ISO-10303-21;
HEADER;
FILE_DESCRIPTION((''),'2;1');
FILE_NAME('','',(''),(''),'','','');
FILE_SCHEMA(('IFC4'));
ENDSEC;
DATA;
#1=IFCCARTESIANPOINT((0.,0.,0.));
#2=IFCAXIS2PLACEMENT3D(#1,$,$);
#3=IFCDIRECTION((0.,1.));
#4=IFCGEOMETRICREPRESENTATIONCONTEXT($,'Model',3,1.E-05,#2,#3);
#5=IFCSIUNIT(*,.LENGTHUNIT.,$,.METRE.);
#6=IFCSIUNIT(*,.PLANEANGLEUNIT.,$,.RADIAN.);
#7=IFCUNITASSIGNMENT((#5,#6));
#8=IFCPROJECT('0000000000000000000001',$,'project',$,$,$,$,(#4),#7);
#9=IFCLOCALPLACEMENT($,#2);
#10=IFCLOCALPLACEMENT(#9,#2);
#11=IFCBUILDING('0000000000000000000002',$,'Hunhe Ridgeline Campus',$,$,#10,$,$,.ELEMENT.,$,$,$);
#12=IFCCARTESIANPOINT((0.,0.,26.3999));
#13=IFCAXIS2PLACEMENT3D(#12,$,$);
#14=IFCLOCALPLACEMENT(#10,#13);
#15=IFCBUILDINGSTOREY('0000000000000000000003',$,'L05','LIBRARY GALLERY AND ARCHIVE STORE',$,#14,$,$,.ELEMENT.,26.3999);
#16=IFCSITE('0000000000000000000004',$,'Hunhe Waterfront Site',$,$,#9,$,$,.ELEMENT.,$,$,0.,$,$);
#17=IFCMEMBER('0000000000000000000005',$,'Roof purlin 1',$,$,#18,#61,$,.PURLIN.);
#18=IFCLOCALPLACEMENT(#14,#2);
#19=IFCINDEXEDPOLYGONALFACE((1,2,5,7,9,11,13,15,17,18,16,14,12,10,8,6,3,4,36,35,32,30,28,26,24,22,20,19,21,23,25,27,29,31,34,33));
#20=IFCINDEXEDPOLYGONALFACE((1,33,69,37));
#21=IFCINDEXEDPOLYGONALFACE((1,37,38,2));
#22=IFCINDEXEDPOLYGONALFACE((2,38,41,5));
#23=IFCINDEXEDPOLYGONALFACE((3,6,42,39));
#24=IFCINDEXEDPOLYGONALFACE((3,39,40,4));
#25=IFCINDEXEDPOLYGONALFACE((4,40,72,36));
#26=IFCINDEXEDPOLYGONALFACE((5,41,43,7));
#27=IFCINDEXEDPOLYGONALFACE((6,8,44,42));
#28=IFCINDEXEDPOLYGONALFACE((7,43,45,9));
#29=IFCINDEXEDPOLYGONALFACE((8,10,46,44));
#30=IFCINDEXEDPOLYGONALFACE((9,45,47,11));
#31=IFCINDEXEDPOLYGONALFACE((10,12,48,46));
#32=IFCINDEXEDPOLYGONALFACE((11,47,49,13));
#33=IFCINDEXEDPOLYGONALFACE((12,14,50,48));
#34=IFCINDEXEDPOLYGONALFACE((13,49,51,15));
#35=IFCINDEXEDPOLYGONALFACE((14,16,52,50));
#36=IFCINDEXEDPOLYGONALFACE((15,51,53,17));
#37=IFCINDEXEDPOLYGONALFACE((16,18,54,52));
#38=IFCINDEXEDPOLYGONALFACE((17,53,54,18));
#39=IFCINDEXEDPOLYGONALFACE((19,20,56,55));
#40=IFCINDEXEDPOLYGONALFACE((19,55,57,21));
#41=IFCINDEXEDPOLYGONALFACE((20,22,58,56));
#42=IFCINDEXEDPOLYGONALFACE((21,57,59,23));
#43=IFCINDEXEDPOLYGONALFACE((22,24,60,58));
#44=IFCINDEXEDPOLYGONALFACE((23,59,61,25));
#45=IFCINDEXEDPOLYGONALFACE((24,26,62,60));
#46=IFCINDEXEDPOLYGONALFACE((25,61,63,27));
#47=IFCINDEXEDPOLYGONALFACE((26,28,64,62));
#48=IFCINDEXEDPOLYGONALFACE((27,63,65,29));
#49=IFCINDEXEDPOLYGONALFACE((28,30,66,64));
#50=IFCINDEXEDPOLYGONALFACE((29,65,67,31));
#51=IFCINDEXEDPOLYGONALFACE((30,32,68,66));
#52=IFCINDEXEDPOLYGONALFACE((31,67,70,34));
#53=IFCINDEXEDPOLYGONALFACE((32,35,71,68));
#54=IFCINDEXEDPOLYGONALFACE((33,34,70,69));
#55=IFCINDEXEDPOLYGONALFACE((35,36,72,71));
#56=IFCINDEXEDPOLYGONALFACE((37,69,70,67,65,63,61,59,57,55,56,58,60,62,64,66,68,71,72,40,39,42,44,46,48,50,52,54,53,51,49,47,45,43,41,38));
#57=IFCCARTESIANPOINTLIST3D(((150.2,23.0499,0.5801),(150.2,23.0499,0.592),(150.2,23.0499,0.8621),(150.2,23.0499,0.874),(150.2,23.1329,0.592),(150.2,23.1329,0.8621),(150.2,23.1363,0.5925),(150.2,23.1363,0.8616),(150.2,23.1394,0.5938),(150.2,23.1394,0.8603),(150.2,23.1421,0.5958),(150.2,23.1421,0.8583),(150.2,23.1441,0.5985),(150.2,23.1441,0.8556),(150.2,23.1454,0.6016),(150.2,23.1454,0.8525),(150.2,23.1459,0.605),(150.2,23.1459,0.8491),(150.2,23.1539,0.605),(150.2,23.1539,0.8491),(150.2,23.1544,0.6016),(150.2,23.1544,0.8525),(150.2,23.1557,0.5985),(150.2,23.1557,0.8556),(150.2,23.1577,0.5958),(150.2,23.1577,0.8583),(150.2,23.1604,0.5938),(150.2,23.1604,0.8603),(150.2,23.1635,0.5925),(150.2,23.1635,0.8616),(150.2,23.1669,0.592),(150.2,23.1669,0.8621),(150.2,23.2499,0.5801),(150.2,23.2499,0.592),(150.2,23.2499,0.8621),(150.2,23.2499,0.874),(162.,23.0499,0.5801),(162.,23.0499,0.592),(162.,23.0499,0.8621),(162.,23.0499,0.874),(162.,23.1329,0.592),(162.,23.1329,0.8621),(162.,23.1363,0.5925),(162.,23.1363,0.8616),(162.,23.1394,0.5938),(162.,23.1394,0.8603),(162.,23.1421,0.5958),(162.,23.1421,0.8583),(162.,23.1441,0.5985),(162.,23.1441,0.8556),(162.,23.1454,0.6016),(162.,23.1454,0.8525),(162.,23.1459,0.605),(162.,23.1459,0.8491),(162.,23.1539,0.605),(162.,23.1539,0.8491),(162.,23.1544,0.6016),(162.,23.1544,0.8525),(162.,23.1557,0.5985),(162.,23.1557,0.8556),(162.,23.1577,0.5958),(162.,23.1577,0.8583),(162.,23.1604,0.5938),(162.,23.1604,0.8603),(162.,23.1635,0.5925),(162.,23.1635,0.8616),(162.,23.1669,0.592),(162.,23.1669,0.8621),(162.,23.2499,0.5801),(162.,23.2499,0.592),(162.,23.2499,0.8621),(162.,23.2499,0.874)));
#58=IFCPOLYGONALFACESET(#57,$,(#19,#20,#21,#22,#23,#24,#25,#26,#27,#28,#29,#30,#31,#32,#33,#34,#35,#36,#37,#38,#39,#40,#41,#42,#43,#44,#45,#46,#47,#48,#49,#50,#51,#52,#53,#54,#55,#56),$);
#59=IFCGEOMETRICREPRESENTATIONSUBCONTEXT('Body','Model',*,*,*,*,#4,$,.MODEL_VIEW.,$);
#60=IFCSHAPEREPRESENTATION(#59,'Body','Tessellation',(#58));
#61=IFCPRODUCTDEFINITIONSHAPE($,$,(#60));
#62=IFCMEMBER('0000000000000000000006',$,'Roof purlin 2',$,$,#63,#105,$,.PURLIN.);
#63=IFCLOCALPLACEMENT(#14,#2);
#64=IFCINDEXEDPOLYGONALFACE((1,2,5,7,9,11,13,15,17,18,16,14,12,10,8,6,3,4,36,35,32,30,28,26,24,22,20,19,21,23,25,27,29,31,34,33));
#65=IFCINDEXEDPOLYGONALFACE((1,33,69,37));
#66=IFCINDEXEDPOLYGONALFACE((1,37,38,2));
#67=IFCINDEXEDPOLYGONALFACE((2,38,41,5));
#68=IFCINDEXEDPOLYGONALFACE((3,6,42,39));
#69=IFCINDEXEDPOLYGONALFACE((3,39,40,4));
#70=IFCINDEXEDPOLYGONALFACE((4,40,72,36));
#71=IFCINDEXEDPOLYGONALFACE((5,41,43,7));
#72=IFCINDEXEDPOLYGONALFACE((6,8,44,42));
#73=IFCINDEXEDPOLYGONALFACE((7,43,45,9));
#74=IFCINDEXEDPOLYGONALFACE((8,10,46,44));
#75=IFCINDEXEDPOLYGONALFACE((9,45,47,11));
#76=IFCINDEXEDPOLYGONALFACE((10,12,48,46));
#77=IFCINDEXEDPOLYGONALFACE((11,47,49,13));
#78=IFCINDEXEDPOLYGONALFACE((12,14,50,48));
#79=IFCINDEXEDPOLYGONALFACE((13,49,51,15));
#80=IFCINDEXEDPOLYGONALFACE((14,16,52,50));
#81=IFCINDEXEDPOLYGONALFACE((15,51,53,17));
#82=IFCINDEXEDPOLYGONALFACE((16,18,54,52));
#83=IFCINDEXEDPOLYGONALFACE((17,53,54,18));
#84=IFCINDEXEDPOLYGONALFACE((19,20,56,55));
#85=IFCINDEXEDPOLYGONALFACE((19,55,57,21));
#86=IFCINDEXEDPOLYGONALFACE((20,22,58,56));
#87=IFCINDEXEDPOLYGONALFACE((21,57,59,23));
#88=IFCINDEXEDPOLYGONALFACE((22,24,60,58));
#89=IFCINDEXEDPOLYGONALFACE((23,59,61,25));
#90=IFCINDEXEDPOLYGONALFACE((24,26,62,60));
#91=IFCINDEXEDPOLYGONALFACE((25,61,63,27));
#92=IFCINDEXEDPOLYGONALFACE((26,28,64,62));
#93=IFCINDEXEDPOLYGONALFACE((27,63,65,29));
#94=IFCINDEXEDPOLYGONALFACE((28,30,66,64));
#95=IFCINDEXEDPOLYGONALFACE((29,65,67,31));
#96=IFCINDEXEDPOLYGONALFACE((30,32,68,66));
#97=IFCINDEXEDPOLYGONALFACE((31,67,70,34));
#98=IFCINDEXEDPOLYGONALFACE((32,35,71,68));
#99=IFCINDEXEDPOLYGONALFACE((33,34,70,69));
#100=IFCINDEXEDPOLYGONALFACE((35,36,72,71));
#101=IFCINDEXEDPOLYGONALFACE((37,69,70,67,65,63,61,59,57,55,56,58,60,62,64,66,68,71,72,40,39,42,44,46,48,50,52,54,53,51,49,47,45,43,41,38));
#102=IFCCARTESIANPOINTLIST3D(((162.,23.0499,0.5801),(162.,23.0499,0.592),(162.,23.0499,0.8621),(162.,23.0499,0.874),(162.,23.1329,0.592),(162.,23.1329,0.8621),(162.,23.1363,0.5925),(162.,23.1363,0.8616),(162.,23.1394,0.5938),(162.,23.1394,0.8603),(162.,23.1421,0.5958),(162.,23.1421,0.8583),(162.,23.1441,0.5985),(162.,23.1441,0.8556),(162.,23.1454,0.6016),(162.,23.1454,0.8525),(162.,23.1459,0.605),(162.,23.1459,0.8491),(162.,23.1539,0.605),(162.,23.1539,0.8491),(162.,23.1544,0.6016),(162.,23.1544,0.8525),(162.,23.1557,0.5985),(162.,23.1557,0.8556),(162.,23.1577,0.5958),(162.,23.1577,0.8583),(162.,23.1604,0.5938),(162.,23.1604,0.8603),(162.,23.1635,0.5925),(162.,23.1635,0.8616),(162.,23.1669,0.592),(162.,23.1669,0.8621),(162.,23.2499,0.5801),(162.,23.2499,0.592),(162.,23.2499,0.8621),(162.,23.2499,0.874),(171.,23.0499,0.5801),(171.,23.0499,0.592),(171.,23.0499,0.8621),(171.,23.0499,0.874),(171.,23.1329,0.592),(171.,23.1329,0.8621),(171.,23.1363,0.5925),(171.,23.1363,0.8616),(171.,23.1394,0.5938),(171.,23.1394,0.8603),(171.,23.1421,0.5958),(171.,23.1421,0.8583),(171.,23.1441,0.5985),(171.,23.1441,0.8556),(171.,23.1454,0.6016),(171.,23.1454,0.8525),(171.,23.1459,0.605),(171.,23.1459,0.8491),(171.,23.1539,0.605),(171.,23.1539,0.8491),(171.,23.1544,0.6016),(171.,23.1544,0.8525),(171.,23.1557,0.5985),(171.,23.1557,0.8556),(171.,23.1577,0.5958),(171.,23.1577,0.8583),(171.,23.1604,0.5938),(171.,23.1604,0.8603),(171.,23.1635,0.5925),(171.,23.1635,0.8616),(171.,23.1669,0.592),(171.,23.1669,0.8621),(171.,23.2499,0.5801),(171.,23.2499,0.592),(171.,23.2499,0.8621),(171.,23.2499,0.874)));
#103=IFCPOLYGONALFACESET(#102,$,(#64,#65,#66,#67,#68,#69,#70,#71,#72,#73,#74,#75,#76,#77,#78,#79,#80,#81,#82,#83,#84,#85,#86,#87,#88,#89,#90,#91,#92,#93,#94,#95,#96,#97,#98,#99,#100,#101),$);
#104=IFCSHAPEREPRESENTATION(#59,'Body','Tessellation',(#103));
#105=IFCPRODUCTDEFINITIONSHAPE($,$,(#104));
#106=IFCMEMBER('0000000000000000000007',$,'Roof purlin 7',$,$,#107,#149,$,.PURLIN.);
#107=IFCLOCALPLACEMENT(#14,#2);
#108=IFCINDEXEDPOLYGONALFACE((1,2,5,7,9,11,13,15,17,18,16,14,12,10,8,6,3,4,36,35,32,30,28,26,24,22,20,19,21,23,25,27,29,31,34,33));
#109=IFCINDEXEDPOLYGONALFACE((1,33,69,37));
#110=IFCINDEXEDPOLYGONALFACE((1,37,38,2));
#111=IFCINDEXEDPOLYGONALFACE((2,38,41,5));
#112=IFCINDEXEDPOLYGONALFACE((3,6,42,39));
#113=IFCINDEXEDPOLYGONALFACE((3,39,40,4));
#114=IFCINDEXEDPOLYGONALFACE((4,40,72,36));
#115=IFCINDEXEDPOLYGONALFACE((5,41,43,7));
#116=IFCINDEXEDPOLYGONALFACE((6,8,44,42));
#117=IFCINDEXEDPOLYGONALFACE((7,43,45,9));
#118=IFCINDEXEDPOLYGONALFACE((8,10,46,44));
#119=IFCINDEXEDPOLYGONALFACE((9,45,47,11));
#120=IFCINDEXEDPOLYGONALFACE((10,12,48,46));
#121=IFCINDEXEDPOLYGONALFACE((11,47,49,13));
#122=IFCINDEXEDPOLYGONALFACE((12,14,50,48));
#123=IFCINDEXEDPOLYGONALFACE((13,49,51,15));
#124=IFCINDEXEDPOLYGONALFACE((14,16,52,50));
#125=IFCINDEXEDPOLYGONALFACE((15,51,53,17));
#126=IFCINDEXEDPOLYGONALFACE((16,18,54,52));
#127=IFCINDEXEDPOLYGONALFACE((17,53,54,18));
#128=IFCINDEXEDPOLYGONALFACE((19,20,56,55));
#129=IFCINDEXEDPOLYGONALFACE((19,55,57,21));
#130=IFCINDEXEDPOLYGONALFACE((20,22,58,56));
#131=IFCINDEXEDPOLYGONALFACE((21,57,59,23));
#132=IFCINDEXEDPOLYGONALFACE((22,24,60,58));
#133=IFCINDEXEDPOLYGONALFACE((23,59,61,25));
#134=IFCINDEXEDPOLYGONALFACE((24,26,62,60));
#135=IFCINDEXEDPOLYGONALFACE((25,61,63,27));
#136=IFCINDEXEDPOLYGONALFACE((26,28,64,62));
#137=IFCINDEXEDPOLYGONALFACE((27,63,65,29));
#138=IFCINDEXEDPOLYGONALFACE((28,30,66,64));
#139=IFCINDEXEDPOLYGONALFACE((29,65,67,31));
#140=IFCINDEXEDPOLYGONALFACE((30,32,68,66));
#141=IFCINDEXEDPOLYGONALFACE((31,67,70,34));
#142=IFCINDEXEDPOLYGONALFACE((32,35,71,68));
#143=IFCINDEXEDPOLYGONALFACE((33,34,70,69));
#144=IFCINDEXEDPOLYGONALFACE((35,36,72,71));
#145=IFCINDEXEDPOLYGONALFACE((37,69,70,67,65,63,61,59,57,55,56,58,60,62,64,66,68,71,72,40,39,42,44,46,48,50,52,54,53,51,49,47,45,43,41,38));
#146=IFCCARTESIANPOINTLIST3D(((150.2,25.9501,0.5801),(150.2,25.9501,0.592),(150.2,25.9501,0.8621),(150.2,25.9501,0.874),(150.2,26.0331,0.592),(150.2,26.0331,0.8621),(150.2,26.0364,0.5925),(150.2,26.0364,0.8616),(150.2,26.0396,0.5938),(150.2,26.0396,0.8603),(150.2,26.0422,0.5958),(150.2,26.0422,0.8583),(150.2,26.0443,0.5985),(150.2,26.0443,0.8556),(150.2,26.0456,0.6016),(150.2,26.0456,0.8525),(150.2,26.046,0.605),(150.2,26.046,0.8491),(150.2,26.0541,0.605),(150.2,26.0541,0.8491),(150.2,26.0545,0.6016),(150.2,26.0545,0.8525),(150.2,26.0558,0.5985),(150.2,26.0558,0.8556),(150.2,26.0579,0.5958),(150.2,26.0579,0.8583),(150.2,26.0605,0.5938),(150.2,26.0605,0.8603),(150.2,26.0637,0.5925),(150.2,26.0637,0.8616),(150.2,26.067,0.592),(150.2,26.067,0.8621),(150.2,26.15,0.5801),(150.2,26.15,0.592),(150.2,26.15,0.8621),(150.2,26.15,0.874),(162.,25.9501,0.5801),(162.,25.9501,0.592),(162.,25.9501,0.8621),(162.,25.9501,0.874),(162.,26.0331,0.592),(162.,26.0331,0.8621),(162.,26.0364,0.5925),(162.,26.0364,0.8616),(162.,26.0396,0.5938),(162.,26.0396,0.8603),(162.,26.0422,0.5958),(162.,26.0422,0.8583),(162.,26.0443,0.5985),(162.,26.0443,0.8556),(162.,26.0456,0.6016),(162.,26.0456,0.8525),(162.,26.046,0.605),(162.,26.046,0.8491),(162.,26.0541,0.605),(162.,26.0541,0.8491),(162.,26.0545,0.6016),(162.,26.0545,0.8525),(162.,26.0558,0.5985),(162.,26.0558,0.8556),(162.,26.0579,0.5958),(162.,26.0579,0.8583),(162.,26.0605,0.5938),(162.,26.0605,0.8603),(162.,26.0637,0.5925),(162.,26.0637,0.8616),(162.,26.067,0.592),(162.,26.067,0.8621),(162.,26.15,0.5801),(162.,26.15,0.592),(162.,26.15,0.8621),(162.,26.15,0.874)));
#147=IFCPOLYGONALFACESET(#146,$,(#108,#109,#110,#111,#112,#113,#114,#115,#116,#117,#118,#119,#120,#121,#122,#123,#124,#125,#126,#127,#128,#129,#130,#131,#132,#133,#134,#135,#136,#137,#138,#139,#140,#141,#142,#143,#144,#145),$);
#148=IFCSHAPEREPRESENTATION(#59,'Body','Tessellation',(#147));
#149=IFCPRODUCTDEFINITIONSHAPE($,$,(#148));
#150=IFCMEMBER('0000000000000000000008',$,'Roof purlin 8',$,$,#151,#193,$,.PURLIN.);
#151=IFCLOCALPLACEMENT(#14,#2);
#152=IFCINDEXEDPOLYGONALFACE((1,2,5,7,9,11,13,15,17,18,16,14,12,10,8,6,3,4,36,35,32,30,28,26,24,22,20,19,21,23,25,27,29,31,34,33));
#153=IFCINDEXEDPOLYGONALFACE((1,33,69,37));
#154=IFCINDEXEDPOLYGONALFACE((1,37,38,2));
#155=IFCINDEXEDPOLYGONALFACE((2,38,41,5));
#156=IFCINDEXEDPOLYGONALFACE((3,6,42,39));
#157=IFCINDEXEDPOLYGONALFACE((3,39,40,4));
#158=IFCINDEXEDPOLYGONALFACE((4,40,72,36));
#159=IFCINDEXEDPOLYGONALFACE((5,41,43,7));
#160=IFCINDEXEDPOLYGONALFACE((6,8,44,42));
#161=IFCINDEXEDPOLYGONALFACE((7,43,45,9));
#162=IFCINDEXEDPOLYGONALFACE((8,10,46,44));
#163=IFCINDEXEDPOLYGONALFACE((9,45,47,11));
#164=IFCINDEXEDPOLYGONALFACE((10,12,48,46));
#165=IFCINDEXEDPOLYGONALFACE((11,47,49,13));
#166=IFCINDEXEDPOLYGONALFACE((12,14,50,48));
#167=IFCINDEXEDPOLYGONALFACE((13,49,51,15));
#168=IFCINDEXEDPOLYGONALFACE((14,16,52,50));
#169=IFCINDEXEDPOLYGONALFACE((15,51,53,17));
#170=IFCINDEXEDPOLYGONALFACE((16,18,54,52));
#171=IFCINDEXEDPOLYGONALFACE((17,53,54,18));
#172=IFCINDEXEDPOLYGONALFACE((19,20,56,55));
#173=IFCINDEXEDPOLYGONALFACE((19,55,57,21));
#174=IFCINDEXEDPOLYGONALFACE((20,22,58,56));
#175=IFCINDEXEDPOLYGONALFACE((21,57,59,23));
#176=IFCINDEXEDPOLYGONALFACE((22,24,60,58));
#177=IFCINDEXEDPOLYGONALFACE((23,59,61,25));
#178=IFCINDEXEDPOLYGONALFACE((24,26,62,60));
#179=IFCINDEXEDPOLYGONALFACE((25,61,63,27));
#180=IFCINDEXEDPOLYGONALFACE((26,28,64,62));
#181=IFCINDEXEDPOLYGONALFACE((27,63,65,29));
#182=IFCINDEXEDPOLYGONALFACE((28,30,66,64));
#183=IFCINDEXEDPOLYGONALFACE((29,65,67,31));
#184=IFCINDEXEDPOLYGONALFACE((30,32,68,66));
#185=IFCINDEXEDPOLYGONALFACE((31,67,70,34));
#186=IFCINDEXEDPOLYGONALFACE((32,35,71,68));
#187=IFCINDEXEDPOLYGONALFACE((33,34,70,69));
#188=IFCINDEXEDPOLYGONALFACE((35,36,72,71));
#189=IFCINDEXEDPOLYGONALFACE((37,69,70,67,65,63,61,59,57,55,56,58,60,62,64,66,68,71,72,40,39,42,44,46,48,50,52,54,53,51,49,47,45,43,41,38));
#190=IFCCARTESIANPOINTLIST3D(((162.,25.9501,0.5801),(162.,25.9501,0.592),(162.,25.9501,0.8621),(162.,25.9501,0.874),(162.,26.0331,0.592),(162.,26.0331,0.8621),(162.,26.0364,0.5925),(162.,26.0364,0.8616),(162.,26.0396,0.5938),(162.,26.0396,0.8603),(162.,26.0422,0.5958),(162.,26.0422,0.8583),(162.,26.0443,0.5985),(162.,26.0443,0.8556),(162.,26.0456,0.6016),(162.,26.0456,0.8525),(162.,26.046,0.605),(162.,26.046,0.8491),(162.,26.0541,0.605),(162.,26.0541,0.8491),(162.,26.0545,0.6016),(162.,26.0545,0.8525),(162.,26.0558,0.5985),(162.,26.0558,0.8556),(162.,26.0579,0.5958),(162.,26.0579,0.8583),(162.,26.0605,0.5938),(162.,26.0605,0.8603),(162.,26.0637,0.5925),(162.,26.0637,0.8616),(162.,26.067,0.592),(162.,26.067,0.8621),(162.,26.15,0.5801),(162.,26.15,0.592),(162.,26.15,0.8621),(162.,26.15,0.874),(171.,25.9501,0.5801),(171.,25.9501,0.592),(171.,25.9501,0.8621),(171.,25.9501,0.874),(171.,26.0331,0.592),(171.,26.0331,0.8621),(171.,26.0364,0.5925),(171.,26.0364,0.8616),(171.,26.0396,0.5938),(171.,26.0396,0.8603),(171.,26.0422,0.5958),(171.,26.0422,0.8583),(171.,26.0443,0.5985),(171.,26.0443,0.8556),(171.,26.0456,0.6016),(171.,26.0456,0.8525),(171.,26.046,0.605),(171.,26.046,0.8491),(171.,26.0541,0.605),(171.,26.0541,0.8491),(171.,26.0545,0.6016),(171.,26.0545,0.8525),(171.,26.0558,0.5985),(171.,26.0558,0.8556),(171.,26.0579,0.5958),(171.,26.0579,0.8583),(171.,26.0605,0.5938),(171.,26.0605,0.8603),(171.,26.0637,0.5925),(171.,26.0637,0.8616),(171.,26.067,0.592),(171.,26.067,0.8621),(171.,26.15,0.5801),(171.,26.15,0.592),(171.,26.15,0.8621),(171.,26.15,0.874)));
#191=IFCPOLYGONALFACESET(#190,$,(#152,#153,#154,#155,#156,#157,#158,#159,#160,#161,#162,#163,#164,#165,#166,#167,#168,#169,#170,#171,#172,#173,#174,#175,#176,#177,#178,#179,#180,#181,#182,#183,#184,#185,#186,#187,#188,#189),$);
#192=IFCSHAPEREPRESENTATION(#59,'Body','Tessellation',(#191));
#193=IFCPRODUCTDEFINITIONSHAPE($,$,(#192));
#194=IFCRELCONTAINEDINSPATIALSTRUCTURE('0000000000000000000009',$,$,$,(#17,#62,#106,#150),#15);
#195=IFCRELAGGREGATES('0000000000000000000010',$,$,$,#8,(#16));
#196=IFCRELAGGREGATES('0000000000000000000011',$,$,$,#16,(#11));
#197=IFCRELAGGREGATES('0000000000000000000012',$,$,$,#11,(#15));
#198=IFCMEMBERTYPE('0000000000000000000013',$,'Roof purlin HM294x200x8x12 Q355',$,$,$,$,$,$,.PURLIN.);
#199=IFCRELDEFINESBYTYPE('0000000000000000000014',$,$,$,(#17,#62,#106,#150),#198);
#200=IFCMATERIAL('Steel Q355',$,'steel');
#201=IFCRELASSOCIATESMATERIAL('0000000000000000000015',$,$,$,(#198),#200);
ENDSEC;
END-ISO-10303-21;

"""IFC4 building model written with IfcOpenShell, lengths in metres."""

from ifc_helpers import new_model, si_unit, direction, frame, origin, origin_2d, place, context, subcontext, project, spatial, i_section, extrude, material, material_profile, profile_set, type_object, element, save


model = new_model("IFC4")

# Units and contexts
model_context = context("Model", 3, precision=1e-05, world=origin(), true_north=direction((0.0, 1.0)))
body_context = subcontext(model_context, "Body", "Model", "MODEL_VIEW")
ifc_project = project(units=[si_unit("LENGTHUNIT", "METRE"), si_unit("PLANEANGLEUNIT", "RADIAN")], contexts=[model_context])

# Site, building, storey
site_placement = place(None, origin())
site = spatial("IfcSite", under=ifc_project, at=site_placement, Name="Hunhe Waterfront Site", CompositionType="ELEMENT", RefElevation=0.0)
building_placement = place(site_placement, origin())
building = spatial("IfcBuilding", under=site, at=building_placement, Name="Hunhe Ridgeline Campus", CompositionType="ELEMENT")
storey_placement = place(building_placement, frame((0.0, 0.0, 26.3999)))
storey = spatial("IfcBuildingStorey", under=building, at=storey_placement, Name="L05", Description="LIBRARY GALLERY AND ARCHIVE STORE", CompositionType="ELEMENT", Elevation=26.3999)

# Members
ifc_material = material(Name="Steel Q355", Category="steel")
ifc_material_profile_1 = material_profile(ifc_material, i_section(OverallWidth=0.2, OverallDepth=0.2939, WebThickness=0.0081, FlangeThickness=0.012, FilletRadius=0.0129, at=origin_2d()))
ifc_profile_set_1 = profile_set([ifc_material_profile_1], Name="Steel Q355")
member_type_1 = type_object("IfcMemberType", Name="Roof purlin HM294x200x8x12 Q355", PredefinedType="PURLIN", material=ifc_profile_set_1)
member_1_placement = place(storey_placement, frame((150.2, 23.1499, 0.7271), z_axis=(1.0, 0.0, 0.0), x_axis=(0.0, 1.0, 0.0)))
element("IfcMember", 1, at=member_1_placement, inside=storey, type_object=member_type_1, Name="Roof purlin 1", PredefinedType="PURLIN", context=body_context, shape_type="SweptSolid", body=[
    extrude(i_section(OverallWidth=0.2, OverallDepth=0.2939, WebThickness=0.0081, FlangeThickness=0.012, FilletRadius=0.0129, at=origin_2d()), origin(), (0.0, 0.0, 1.0), 11.8),
])
member_2_placement = place(storey_placement, frame((162.0, 23.1499, 0.7271), z_axis=(1.0, 0.0, 0.0), x_axis=(0.0, 1.0, 0.0)))
element("IfcMember", 2, at=member_2_placement, inside=storey, type_object=member_type_1, Name="Roof purlin 2", PredefinedType="PURLIN", context=body_context, shape_type="SweptSolid", body=[
    extrude(i_section(OverallWidth=0.2, OverallDepth=0.2939, WebThickness=0.0081, FlangeThickness=0.012, FilletRadius=0.0129, at=origin_2d()), origin(), (0.0, 0.0, 1.0), 9.0),
])
member_3_placement = place(storey_placement, frame((150.2, 26.05, 0.7271), z_axis=(1.0, 0.0, 0.0), x_axis=(0.0, 1.0, 0.0)))
element("IfcMember", 3, at=member_3_placement, inside=storey, type_object=member_type_1, Name="Roof purlin 7", PredefinedType="PURLIN", context=body_context, shape_type="SweptSolid", body=[
    extrude(i_section(OverallWidth=0.2, OverallDepth=0.2939, WebThickness=0.0081, FlangeThickness=0.012, FilletRadius=0.0129, at=origin_2d()), origin(), (0.0, 0.0, 1.0), 11.8),
])
member_4_placement = place(storey_placement, frame((162.0, 26.05, 0.7271), z_axis=(1.0, 0.0, 0.0), x_axis=(0.0, 1.0, 0.0)))
element("IfcMember", 4, at=member_4_placement, inside=storey, type_object=member_type_1, Name="Roof purlin 8", PredefinedType="PURLIN", context=body_context, shape_type="SweptSolid", body=[
    extrude(i_section(OverallWidth=0.2, OverallDepth=0.2939, WebThickness=0.0081, FlangeThickness=0.012, FilletRadius=0.0129, at=origin_2d()), origin(), (0.0, 0.0, 1.0), 9.0),
])

save(model, "model.ifc")
